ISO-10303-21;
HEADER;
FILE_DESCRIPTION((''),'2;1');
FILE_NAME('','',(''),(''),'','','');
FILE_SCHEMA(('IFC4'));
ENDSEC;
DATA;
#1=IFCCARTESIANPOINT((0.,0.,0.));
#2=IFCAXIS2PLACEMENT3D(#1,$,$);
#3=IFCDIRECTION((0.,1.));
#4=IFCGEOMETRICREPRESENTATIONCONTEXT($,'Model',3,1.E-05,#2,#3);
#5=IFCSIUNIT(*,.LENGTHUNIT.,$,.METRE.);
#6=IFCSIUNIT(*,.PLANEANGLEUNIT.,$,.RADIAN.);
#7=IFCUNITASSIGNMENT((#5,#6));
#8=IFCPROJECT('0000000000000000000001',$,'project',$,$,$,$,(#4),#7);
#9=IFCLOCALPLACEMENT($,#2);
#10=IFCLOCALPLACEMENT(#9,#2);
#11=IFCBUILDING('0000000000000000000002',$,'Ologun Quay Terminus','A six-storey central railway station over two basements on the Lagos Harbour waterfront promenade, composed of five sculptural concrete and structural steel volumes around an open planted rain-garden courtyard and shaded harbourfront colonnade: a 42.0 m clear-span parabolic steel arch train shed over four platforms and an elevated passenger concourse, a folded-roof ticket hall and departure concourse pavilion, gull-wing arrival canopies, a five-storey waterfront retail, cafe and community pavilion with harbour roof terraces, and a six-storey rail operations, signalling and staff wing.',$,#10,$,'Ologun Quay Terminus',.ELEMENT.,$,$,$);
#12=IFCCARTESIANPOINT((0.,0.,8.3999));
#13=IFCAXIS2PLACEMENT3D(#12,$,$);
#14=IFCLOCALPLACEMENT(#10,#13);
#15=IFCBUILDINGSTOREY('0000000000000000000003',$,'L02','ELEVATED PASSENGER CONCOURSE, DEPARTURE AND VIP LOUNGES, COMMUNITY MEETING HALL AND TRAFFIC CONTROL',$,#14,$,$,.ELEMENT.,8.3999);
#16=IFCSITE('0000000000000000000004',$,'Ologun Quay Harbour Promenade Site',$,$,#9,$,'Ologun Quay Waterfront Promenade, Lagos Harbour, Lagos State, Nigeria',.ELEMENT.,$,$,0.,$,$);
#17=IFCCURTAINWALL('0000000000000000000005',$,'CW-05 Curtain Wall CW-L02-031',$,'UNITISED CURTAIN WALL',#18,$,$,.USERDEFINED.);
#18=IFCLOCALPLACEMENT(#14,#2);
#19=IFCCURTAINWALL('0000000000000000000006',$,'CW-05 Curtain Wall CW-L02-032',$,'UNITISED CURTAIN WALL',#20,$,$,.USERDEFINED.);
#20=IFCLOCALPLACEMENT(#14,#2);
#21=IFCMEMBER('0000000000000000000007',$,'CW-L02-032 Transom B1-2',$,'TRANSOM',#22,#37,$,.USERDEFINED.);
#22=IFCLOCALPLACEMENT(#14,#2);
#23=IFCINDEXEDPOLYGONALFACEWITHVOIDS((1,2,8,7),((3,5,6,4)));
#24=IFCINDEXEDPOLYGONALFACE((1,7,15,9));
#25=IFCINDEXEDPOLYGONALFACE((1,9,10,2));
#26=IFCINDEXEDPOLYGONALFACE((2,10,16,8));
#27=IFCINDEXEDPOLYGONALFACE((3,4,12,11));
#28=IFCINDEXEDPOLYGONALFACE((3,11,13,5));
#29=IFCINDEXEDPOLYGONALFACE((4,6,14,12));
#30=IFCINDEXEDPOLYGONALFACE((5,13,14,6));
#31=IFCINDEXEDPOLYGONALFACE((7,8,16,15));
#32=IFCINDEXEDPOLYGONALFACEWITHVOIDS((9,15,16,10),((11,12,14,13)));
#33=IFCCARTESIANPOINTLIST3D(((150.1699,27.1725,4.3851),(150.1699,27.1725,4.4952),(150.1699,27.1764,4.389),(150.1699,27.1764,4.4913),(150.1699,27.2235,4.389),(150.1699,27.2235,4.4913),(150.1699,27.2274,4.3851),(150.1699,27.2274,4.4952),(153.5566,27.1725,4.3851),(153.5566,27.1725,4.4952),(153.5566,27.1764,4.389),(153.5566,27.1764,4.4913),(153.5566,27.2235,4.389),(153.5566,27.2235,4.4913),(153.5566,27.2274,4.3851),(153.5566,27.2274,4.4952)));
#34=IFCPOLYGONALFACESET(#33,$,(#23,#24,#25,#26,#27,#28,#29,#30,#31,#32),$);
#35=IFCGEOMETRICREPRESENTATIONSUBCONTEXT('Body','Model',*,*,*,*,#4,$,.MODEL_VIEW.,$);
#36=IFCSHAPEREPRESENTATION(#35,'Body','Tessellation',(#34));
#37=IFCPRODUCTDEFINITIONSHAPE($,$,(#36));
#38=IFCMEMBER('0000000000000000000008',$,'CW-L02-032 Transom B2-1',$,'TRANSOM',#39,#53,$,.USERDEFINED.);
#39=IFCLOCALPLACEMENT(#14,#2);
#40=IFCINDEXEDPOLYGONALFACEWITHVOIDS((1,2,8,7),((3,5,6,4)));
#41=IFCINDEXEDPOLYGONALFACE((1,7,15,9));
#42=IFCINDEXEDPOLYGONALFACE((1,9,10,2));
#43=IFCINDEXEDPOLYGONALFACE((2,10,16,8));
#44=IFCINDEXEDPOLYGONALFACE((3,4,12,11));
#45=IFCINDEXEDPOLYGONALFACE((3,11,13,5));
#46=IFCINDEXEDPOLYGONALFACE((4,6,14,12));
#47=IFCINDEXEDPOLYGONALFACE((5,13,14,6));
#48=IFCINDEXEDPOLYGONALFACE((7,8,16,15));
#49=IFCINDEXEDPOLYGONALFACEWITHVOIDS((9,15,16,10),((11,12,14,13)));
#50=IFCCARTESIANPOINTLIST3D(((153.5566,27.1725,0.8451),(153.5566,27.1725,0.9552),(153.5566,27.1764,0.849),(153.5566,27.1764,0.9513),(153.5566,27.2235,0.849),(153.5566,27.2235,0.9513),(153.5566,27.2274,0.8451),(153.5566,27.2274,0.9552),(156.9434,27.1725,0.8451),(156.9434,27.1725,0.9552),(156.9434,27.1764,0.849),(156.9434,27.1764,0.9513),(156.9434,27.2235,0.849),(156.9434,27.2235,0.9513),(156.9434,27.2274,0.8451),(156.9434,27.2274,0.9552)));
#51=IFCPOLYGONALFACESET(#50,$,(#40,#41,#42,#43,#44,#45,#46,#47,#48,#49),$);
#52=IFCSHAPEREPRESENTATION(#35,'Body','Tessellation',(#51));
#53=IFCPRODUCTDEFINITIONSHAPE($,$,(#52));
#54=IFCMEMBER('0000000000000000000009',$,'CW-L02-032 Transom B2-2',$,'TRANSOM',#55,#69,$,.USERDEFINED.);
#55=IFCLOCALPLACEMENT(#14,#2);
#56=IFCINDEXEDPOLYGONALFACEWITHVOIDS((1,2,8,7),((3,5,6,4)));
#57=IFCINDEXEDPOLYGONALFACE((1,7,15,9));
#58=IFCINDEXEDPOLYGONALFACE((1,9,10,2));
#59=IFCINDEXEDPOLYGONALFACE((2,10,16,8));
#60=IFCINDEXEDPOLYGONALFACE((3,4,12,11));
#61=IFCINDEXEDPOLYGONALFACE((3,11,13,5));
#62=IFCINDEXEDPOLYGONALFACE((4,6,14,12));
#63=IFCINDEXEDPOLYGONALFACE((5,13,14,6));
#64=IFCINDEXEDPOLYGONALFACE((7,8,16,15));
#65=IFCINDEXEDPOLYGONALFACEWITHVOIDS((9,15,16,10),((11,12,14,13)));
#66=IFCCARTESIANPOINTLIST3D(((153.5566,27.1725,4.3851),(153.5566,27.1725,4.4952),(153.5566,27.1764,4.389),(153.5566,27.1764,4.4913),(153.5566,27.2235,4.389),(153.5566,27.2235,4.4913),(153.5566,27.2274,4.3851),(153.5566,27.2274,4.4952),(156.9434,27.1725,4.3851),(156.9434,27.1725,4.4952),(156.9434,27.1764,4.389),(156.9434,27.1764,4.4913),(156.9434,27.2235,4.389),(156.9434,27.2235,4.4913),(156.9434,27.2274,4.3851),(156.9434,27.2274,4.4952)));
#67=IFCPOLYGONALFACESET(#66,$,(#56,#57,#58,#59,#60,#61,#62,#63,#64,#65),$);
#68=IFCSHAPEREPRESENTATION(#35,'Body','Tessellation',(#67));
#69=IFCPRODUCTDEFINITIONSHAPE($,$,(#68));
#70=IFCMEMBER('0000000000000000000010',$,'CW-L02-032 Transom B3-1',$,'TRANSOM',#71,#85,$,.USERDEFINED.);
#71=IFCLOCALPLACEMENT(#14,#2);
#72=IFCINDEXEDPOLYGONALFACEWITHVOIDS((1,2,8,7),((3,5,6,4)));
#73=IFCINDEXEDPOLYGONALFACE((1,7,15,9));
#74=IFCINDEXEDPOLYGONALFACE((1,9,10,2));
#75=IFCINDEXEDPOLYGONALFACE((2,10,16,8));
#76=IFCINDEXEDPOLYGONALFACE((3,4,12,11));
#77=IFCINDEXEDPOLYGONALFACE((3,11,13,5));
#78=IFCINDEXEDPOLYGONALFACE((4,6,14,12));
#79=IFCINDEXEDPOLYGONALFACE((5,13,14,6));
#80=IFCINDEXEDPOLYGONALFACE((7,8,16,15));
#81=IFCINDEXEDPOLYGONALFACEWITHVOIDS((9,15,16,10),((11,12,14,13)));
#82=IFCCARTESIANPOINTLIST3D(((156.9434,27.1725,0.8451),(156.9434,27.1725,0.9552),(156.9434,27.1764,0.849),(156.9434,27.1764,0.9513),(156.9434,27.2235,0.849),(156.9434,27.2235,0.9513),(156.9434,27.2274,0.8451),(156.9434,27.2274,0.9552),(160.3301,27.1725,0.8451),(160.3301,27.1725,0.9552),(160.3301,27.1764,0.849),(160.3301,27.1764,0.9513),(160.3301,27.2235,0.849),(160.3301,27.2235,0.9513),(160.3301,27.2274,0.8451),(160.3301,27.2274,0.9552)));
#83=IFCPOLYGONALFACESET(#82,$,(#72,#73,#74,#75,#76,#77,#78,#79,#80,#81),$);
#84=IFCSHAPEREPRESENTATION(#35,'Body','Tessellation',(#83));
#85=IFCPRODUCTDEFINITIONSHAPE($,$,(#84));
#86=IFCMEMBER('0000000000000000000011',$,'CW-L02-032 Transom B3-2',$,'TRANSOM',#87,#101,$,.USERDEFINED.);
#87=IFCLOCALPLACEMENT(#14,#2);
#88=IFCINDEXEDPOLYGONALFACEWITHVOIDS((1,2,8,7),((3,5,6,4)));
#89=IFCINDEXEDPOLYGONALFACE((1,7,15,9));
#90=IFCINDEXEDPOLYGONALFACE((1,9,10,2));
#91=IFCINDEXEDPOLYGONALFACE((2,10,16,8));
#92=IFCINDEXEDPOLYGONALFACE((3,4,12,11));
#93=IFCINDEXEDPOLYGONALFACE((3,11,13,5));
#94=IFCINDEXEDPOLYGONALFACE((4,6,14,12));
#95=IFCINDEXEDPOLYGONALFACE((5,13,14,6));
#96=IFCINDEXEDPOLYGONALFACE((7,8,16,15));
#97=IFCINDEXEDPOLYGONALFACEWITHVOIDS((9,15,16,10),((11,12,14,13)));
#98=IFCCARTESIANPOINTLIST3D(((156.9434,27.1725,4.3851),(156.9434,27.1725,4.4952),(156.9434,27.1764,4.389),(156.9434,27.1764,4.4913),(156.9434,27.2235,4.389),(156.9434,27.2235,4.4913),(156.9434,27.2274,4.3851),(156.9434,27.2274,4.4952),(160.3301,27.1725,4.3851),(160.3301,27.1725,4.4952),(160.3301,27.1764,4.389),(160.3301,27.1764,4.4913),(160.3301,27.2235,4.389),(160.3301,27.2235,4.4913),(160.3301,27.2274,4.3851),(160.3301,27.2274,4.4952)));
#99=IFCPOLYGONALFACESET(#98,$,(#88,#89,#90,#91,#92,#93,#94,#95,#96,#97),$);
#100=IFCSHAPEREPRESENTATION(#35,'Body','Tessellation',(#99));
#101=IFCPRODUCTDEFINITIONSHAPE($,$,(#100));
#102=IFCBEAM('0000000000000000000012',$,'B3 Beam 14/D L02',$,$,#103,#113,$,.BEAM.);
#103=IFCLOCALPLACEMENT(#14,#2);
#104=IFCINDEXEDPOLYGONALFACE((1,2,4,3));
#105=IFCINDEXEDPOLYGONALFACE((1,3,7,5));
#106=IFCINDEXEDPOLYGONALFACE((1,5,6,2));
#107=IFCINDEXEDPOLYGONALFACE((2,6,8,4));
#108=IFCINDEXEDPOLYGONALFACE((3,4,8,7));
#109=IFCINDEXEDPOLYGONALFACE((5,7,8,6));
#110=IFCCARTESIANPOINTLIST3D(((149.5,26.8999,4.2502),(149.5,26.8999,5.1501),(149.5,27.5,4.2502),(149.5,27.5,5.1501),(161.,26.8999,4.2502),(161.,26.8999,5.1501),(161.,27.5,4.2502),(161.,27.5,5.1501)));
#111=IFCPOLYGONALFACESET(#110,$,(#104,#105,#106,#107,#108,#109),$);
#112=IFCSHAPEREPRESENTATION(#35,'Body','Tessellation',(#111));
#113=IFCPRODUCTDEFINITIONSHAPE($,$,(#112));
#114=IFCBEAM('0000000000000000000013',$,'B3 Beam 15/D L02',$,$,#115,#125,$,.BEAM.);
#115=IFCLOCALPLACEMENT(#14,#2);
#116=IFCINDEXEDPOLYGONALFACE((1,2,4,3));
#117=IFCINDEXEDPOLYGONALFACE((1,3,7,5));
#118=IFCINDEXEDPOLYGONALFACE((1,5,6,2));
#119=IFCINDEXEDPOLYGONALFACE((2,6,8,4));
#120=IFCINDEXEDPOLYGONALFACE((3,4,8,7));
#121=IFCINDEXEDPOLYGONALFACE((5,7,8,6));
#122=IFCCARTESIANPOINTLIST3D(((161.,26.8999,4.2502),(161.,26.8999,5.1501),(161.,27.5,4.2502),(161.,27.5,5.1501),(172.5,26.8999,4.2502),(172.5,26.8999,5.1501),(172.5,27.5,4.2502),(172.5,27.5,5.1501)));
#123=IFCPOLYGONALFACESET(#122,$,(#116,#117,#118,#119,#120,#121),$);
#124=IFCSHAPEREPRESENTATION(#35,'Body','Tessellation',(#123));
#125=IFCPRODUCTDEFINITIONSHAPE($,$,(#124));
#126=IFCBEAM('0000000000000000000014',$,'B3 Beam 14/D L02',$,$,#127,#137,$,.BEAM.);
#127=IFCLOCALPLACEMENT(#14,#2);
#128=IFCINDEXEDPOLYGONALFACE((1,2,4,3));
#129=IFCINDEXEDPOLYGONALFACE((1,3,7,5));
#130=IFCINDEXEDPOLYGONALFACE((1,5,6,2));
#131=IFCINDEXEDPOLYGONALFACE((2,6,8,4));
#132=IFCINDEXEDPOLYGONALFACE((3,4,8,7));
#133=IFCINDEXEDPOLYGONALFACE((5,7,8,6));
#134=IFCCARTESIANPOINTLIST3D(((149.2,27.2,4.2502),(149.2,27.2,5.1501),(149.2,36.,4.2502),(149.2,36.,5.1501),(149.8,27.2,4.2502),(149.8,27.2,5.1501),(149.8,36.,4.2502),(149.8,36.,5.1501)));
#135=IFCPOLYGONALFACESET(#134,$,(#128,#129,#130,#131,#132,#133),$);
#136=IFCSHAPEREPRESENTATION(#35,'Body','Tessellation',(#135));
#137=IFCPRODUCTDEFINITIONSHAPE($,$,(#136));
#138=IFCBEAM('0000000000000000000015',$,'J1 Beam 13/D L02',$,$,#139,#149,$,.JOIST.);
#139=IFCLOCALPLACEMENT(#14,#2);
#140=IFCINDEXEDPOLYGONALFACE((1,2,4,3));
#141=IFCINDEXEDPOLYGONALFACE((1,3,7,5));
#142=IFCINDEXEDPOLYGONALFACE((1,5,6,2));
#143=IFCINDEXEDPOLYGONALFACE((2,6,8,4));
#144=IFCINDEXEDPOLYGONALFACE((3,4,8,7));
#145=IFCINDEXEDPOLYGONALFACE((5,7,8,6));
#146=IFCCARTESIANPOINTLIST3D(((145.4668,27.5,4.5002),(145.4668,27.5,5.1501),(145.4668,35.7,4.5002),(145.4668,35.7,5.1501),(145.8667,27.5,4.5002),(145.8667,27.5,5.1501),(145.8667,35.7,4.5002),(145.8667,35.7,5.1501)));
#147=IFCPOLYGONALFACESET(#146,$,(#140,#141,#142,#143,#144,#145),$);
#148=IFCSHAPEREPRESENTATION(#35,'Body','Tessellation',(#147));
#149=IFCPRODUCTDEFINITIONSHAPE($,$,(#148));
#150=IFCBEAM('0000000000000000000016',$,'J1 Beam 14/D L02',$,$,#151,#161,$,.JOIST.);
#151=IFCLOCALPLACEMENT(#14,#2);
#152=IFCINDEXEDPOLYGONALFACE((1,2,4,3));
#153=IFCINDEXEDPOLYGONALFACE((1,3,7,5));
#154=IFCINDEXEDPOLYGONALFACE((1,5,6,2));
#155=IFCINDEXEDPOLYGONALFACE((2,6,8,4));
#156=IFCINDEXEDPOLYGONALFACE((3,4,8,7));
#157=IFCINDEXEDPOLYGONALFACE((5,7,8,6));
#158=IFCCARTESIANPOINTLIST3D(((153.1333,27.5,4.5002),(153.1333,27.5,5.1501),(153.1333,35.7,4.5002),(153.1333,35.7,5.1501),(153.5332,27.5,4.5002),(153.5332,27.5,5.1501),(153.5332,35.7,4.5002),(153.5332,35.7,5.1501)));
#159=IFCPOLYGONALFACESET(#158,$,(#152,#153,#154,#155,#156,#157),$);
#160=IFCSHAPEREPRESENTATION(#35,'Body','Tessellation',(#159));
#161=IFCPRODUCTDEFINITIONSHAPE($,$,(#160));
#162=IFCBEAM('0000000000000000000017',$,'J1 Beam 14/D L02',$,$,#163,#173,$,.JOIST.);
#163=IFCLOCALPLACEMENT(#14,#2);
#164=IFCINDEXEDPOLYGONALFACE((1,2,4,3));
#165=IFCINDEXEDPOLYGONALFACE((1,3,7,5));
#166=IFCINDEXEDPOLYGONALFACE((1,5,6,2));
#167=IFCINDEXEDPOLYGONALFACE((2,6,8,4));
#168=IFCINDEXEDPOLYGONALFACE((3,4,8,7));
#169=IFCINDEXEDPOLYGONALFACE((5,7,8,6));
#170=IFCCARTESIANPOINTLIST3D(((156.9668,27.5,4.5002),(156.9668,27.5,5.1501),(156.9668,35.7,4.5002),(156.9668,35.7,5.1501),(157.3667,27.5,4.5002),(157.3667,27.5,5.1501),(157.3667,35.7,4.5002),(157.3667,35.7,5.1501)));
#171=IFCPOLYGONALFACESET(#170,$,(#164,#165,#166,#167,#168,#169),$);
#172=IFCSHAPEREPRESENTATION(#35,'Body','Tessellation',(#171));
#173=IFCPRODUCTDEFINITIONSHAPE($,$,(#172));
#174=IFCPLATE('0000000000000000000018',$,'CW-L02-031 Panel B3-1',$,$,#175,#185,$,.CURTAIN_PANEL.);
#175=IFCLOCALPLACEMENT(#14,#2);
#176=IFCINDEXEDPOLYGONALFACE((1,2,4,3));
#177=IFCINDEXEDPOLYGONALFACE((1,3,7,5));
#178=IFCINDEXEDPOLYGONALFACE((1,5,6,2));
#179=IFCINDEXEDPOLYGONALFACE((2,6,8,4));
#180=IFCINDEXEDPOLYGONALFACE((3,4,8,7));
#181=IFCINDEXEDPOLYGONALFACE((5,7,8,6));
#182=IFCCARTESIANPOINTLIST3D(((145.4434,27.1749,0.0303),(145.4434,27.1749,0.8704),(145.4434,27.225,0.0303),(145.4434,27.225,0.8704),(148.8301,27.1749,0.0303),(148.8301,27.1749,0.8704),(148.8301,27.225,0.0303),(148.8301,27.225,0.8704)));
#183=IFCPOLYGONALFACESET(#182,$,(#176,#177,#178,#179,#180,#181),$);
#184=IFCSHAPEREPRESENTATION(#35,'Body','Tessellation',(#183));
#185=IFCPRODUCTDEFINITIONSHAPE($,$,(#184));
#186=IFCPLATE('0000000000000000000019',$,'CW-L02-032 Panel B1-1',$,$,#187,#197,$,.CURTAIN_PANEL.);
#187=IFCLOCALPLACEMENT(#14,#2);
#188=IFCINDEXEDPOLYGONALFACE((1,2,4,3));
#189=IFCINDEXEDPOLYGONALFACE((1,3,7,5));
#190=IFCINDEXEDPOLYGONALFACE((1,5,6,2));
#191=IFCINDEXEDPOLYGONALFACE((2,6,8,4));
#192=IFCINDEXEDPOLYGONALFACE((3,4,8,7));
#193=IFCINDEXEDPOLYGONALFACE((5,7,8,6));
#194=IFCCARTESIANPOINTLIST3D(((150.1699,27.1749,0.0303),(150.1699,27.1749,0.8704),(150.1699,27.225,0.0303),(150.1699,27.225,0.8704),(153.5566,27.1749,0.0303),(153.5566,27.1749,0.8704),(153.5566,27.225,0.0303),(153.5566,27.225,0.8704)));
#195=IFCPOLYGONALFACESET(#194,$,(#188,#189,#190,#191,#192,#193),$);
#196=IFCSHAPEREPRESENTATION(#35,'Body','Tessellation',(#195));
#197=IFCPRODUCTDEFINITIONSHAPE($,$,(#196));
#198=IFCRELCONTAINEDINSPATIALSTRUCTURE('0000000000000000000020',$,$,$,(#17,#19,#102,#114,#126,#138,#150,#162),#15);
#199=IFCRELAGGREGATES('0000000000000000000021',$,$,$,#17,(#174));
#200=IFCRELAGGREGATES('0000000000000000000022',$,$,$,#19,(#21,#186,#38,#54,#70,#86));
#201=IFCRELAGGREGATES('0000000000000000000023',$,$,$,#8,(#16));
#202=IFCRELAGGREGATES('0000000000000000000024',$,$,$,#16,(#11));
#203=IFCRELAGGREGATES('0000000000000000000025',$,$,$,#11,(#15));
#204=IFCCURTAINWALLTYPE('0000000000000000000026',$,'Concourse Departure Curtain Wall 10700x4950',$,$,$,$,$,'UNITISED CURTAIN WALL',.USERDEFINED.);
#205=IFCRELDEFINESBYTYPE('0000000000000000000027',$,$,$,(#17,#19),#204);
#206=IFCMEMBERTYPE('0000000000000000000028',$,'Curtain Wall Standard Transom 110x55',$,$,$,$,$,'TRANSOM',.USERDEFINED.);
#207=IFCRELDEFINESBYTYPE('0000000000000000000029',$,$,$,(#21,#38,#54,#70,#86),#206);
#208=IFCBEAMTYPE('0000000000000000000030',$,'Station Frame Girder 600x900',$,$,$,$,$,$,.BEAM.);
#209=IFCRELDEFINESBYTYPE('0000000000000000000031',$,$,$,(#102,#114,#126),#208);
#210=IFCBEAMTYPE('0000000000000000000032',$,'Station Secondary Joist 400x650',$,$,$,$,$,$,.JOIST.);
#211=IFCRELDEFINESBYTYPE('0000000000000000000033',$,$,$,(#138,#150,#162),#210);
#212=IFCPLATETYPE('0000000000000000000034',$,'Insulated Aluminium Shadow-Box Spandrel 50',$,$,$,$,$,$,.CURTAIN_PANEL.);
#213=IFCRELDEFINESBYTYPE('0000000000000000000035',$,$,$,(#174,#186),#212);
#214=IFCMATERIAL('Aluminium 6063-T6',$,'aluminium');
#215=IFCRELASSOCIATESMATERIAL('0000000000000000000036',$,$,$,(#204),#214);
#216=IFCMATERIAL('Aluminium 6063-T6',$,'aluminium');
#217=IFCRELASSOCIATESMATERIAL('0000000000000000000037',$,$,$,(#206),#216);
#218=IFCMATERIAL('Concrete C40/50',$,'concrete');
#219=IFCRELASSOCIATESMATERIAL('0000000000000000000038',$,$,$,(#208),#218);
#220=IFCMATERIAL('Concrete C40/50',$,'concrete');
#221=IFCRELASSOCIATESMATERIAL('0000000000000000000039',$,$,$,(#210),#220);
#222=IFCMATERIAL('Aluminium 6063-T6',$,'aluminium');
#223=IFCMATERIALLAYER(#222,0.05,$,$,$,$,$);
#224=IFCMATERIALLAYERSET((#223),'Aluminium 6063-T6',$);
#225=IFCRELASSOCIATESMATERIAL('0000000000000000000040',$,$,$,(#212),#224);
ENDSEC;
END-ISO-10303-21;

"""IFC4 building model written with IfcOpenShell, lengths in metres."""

from ifc_helpers import new_model, si_unit, direction, frame, origin, origin_2d, place, context, subcontext, project, spatial, rectangle, hollow_rectangle, extrude, material, layer, layer_set, material_profile, profile_set, type_object, element, aggregate, save


model = new_model("IFC4")

# Units and contexts
model_context = context("Model", 3, precision=1e-05, world=origin(), true_north=direction((0.0, 1.0)))
body_context = subcontext(model_context, "Body", "Model", "MODEL_VIEW")
ifc_project = project(units=[si_unit("LENGTHUNIT", "METRE"), si_unit("PLANEANGLEUNIT", "RADIAN")], contexts=[model_context])

# Site, building, storey
site_placement = place(None, origin())
site = spatial("IfcSite", under=ifc_project, at=site_placement, Name="Ologun Quay Harbour Promenade Site", LongName="Ologun Quay Waterfront Promenade, Lagos Harbour, Lagos State, Nigeria", CompositionType="ELEMENT", RefElevation=0.0)
building_placement = place(site_placement, origin())
building = spatial("IfcBuilding", under=site, at=building_placement, Name="Ologun Quay Terminus", Description="A six-storey central railway station over two basements on the Lagos Harbour waterfront promenade, composed of five sculptural concrete and structural steel volumes around an open planted rain-garden courtyard and shaded harbourfront colonnade: a 42.0 m clear-span parabolic steel arch train shed over four platforms and an elevated passenger concourse, a folded-roof ticket hall and departure concourse pavilion, gull-wing arrival canopies, a five-storey waterfront retail, cafe and community pavilion with harbour roof terraces, and a six-storey rail operations, signalling and staff wing.", LongName="Ologun Quay Terminus", CompositionType="ELEMENT")
storey_placement = place(building_placement, frame((0.0, 0.0, 8.3999)))
storey = spatial("IfcBuildingStorey", under=building, at=storey_placement, Name="L02", Description="ELEVATED PASSENGER CONCOURSE, DEPARTURE AND VIP LOUNGES, COMMUNITY MEETING HALL AND TRAFFIC CONTROL", CompositionType="ELEMENT", Elevation=8.3999)

# Curtain walls
ifc_material_1 = material(Name="Aluminium 6063-T6", Category="aluminium")
curtain_wall_type = type_object("IfcCurtainWallType", Name="Concourse Departure Curtain Wall 10700x4950", ElementType="UNITISED CURTAIN WALL", PredefinedType="USERDEFINED", material=ifc_material_1)
curtain_wall_1_placement = place(storey_placement, origin())
curtain_wall_1 = element("IfcCurtainWall", 1, at=curtain_wall_1_placement, inside=storey, type_object=curtain_wall_type, Name="CW-05 Curtain Wall CW-L02-031", ObjectType="UNITISED CURTAIN WALL", PredefinedType="USERDEFINED")
curtain_wall_2_placement = place(storey_placement, origin())
curtain_wall_2 = element("IfcCurtainWall", 2, at=curtain_wall_2_placement, inside=storey, type_object=curtain_wall_type, Name="CW-05 Curtain Wall CW-L02-032", ObjectType="UNITISED CURTAIN WALL", PredefinedType="USERDEFINED")

# Members
ifc_material_2 = material(Name="Aluminium 6063-T6", Category="aluminium")
ifc_material_profile_1 = material_profile(ifc_material_2, hollow_rectangle(XDim=0.0549, YDim=0.1101, WallThickness=0.0039, at=origin_2d()), Name="ALU 110x55x4")
ifc_profile_set_1 = profile_set([ifc_material_profile_1], Name="Aluminium 6063-T6")
member_type_1 = type_object("IfcMemberType", Name="Curtain Wall Standard Transom 110x55", ElementType="TRANSOM", PredefinedType="USERDEFINED", material=ifc_profile_set_1)
member_1_placement = place(storey_placement, frame((150.1699, 27.2, 4.4402), z_axis=(1.0, 0.0, 0.0), x_axis=(0.0, 1.0, 0.0)))
member_1 = element("IfcMember", 3, at=member_1_placement, type_object=member_type_1, Name="CW-L02-032 Transom B1-2", ObjectType="TRANSOM", PredefinedType="USERDEFINED", context=body_context, shape_type="SweptSolid", body=[
    extrude(hollow_rectangle(XDim=0.0549, YDim=0.1101, WallThickness=0.0039, at=origin_2d()), origin(), (0.0, 0.0, 1.0), 3.3867),
])
member_2_placement = place(storey_placement, frame((153.5566, 27.2, 0.9001), z_axis=(1.0, 0.0, 0.0), x_axis=(0.0, 1.0, 0.0)))
member_2 = element("IfcMember", 4, at=member_2_placement, type_object=member_type_1, Name="CW-L02-032 Transom B2-1", ObjectType="TRANSOM", PredefinedType="USERDEFINED", context=body_context, shape_type="SweptSolid", body=[
    extrude(hollow_rectangle(XDim=0.0549, YDim=0.1101, WallThickness=0.0039, at=origin_2d()), origin(), (0.0, 0.0, 1.0), 3.3867),
])
member_3_placement = place(storey_placement, frame((153.5566, 27.2, 4.4402), z_axis=(1.0, 0.0, 0.0), x_axis=(0.0, 1.0, 0.0)))
member_3 = element("IfcMember", 5, at=member_3_placement, type_object=member_type_1, Name="CW-L02-032 Transom B2-2", ObjectType="TRANSOM", PredefinedType="USERDEFINED", context=body_context, shape_type="SweptSolid", body=[
    extrude(hollow_rectangle(XDim=0.0549, YDim=0.1101, WallThickness=0.0039, at=origin_2d()), origin(), (0.0, 0.0, 1.0), 3.3867),
])
member_4_placement = place(storey_placement, frame((156.9434, 27.2, 0.9001), z_axis=(1.0, 0.0, 0.0), x_axis=(0.0, 1.0, 0.0)))
member_4 = element("IfcMember", 6, at=member_4_placement, type_object=member_type_1, Name="CW-L02-032 Transom B3-1", ObjectType="TRANSOM", PredefinedType="USERDEFINED", context=body_context, shape_type="SweptSolid", body=[
    extrude(hollow_rectangle(XDim=0.0549, YDim=0.1101, WallThickness=0.0039, at=origin_2d()), origin(), (0.0, 0.0, 1.0), 3.3867),
])
member_5_placement = place(storey_placement, frame((156.9434, 27.2, 4.4402), z_axis=(1.0, 0.0, 0.0), x_axis=(0.0, 1.0, 0.0)))
member_5 = element("IfcMember", 7, at=member_5_placement, type_object=member_type_1, Name="CW-L02-032 Transom B3-2", ObjectType="TRANSOM", PredefinedType="USERDEFINED", context=body_context, shape_type="SweptSolid", body=[
    extrude(hollow_rectangle(XDim=0.0549, YDim=0.1101, WallThickness=0.0039, at=origin_2d()), origin(), (0.0, 0.0, 1.0), 3.3867),
])

# Beams
ifc_material_3 = material(Name="Concrete C40/50", Category="concrete")
ifc_material_profile_2 = material_profile(ifc_material_3, rectangle(XDim=0.6001, YDim=0.8999, at=origin_2d()), Name="RC 600x900")
ifc_profile_set_2 = profile_set([ifc_material_profile_2], Name="Concrete C40/50")
beam_type_1 = type_object("IfcBeamType", Name="Station Frame Girder 600x900", PredefinedType="BEAM", material=ifc_profile_set_2)
for number, where, z_axis, x_axis, name in (
    (8, (149.5, 27.2, 4.7002), (1.0, 0.0, 0.0), (0.0, 1.0, 0.0), "B3 Beam 14/D L02"),
    (9, (161.0, 27.2, 4.7002), (1.0, 0.0, 0.0), (0.0, 1.0, 0.0), "B3 Beam 15/D L02"),
):
    element("IfcBeam", number, at=place(storey_placement, frame(where, z_axis=z_axis, x_axis=x_axis)), inside=storey, type_object=beam_type_1, Name=name, PredefinedType="BEAM", context=body_context, shape_type="SweptSolid", body=[
        extrude(rectangle(XDim=0.6001, YDim=0.8999, at=origin_2d()), origin(), (0.0, 0.0, 1.0), 11.5),
    ])
beam_placement = place(storey_placement, frame((149.5, 27.2, 4.7002), z_axis=(0.0, 1.0, 0.0), x_axis=(-1.0, 0.0, 0.0)))
element("IfcBeam", 10, at=beam_placement, inside=storey, type_object=beam_type_1, Name="B3 Beam 14/D L02", PredefinedType="BEAM", context=body_context, shape_type="SweptSolid", body=[
    extrude(rectangle(XDim=0.6001, YDim=0.8999, at=origin_2d()), origin(), (0.0, 0.0, 1.0), 8.8),
])
ifc_material_4 = material(Name="Concrete C40/50", Category="concrete")
ifc_material_profile_3 = material_profile(ifc_material_4, rectangle(XDim=0.3999, YDim=0.6499, at=origin_2d()), Name="RC 400x650")
ifc_profile_set_3 = profile_set([ifc_material_profile_3], Name="Concrete C40/50")
beam_type_2 = type_object("IfcBeamType", Name="Station Secondary Joist 400x650", PredefinedType="JOIST", material=ifc_profile_set_3)
for number, where, z_axis, x_axis, name in (
    (11, (145.6667, 27.5, 4.8252), (0.0, 1.0, 0.0), (-1.0, 0.0, 0.0), "J1 Beam 13/D L02"),
    (12, (153.3333, 27.5, 4.8252), (0.0, 1.0, 0.0), (-1.0, 0.0, 0.0), "J1 Beam 14/D L02"),
    (13, (157.1667, 27.5, 4.8252), (0.0, 1.0, 0.0), (-1.0, 0.0, 0.0), "J1 Beam 14/D L02"),
):
    element("IfcBeam", number, at=place(storey_placement, frame(where, z_axis=z_axis, x_axis=x_axis)), inside=storey, type_object=beam_type_2, Name=name, PredefinedType="JOIST", context=body_context, shape_type="SweptSolid", body=[
        extrude(rectangle(XDim=0.3999, YDim=0.6499, at=origin_2d()), origin(), (0.0, 0.0, 1.0), 8.2),
    ])

# Plates
ifc_material_5 = material(Name="Aluminium 6063-T6", Category="aluminium")
ifc_layer_1 = layer(ifc_material_5, 0.05)
ifc_layer_set_1 = layer_set([ifc_layer_1], Name="Aluminium 6063-T6")
plate_type_1 = type_object("IfcPlateType", Name="Insulated Aluminium Shadow-Box Spandrel 50", PredefinedType="CURTAIN_PANEL", material=ifc_layer_set_1)
plate_1_placement = place(storey_placement, frame((147.1367, 27.2, 0.0303), z_axis=(0.0, 0.0, 1.0), x_axis=(1.0, 0.0, 0.0)))
plate_1 = element("IfcPlate", 14, at=plate_1_placement, type_object=plate_type_1, Name="CW-L02-031 Panel B3-1", PredefinedType="CURTAIN_PANEL", context=body_context, shape_type="SweptSolid", body=[
    extrude(rectangle(XDim=3.3867, YDim=0.05, at=origin_2d()), origin(), (0.0, 0.0, 1.0), 0.8401),
])
plate_2_placement = place(storey_placement, frame((151.8633, 27.2, 0.0303), z_axis=(0.0, 0.0, 1.0), x_axis=(1.0, 0.0, 0.0)))
plate_2 = element("IfcPlate", 15, at=plate_2_placement, type_object=plate_type_1, Name="CW-L02-032 Panel B1-1", PredefinedType="CURTAIN_PANEL", context=body_context, shape_type="SweptSolid", body=[
    extrude(rectangle(XDim=3.3867, YDim=0.05, at=origin_2d()), origin(), (0.0, 0.0, 1.0), 0.8401),
])
aggregate(curtain_wall_1, [plate_1])
aggregate(curtain_wall_2, [member_1, plate_2, member_2, member_3, member_4, member_5])

save(model, "model.ifc")
